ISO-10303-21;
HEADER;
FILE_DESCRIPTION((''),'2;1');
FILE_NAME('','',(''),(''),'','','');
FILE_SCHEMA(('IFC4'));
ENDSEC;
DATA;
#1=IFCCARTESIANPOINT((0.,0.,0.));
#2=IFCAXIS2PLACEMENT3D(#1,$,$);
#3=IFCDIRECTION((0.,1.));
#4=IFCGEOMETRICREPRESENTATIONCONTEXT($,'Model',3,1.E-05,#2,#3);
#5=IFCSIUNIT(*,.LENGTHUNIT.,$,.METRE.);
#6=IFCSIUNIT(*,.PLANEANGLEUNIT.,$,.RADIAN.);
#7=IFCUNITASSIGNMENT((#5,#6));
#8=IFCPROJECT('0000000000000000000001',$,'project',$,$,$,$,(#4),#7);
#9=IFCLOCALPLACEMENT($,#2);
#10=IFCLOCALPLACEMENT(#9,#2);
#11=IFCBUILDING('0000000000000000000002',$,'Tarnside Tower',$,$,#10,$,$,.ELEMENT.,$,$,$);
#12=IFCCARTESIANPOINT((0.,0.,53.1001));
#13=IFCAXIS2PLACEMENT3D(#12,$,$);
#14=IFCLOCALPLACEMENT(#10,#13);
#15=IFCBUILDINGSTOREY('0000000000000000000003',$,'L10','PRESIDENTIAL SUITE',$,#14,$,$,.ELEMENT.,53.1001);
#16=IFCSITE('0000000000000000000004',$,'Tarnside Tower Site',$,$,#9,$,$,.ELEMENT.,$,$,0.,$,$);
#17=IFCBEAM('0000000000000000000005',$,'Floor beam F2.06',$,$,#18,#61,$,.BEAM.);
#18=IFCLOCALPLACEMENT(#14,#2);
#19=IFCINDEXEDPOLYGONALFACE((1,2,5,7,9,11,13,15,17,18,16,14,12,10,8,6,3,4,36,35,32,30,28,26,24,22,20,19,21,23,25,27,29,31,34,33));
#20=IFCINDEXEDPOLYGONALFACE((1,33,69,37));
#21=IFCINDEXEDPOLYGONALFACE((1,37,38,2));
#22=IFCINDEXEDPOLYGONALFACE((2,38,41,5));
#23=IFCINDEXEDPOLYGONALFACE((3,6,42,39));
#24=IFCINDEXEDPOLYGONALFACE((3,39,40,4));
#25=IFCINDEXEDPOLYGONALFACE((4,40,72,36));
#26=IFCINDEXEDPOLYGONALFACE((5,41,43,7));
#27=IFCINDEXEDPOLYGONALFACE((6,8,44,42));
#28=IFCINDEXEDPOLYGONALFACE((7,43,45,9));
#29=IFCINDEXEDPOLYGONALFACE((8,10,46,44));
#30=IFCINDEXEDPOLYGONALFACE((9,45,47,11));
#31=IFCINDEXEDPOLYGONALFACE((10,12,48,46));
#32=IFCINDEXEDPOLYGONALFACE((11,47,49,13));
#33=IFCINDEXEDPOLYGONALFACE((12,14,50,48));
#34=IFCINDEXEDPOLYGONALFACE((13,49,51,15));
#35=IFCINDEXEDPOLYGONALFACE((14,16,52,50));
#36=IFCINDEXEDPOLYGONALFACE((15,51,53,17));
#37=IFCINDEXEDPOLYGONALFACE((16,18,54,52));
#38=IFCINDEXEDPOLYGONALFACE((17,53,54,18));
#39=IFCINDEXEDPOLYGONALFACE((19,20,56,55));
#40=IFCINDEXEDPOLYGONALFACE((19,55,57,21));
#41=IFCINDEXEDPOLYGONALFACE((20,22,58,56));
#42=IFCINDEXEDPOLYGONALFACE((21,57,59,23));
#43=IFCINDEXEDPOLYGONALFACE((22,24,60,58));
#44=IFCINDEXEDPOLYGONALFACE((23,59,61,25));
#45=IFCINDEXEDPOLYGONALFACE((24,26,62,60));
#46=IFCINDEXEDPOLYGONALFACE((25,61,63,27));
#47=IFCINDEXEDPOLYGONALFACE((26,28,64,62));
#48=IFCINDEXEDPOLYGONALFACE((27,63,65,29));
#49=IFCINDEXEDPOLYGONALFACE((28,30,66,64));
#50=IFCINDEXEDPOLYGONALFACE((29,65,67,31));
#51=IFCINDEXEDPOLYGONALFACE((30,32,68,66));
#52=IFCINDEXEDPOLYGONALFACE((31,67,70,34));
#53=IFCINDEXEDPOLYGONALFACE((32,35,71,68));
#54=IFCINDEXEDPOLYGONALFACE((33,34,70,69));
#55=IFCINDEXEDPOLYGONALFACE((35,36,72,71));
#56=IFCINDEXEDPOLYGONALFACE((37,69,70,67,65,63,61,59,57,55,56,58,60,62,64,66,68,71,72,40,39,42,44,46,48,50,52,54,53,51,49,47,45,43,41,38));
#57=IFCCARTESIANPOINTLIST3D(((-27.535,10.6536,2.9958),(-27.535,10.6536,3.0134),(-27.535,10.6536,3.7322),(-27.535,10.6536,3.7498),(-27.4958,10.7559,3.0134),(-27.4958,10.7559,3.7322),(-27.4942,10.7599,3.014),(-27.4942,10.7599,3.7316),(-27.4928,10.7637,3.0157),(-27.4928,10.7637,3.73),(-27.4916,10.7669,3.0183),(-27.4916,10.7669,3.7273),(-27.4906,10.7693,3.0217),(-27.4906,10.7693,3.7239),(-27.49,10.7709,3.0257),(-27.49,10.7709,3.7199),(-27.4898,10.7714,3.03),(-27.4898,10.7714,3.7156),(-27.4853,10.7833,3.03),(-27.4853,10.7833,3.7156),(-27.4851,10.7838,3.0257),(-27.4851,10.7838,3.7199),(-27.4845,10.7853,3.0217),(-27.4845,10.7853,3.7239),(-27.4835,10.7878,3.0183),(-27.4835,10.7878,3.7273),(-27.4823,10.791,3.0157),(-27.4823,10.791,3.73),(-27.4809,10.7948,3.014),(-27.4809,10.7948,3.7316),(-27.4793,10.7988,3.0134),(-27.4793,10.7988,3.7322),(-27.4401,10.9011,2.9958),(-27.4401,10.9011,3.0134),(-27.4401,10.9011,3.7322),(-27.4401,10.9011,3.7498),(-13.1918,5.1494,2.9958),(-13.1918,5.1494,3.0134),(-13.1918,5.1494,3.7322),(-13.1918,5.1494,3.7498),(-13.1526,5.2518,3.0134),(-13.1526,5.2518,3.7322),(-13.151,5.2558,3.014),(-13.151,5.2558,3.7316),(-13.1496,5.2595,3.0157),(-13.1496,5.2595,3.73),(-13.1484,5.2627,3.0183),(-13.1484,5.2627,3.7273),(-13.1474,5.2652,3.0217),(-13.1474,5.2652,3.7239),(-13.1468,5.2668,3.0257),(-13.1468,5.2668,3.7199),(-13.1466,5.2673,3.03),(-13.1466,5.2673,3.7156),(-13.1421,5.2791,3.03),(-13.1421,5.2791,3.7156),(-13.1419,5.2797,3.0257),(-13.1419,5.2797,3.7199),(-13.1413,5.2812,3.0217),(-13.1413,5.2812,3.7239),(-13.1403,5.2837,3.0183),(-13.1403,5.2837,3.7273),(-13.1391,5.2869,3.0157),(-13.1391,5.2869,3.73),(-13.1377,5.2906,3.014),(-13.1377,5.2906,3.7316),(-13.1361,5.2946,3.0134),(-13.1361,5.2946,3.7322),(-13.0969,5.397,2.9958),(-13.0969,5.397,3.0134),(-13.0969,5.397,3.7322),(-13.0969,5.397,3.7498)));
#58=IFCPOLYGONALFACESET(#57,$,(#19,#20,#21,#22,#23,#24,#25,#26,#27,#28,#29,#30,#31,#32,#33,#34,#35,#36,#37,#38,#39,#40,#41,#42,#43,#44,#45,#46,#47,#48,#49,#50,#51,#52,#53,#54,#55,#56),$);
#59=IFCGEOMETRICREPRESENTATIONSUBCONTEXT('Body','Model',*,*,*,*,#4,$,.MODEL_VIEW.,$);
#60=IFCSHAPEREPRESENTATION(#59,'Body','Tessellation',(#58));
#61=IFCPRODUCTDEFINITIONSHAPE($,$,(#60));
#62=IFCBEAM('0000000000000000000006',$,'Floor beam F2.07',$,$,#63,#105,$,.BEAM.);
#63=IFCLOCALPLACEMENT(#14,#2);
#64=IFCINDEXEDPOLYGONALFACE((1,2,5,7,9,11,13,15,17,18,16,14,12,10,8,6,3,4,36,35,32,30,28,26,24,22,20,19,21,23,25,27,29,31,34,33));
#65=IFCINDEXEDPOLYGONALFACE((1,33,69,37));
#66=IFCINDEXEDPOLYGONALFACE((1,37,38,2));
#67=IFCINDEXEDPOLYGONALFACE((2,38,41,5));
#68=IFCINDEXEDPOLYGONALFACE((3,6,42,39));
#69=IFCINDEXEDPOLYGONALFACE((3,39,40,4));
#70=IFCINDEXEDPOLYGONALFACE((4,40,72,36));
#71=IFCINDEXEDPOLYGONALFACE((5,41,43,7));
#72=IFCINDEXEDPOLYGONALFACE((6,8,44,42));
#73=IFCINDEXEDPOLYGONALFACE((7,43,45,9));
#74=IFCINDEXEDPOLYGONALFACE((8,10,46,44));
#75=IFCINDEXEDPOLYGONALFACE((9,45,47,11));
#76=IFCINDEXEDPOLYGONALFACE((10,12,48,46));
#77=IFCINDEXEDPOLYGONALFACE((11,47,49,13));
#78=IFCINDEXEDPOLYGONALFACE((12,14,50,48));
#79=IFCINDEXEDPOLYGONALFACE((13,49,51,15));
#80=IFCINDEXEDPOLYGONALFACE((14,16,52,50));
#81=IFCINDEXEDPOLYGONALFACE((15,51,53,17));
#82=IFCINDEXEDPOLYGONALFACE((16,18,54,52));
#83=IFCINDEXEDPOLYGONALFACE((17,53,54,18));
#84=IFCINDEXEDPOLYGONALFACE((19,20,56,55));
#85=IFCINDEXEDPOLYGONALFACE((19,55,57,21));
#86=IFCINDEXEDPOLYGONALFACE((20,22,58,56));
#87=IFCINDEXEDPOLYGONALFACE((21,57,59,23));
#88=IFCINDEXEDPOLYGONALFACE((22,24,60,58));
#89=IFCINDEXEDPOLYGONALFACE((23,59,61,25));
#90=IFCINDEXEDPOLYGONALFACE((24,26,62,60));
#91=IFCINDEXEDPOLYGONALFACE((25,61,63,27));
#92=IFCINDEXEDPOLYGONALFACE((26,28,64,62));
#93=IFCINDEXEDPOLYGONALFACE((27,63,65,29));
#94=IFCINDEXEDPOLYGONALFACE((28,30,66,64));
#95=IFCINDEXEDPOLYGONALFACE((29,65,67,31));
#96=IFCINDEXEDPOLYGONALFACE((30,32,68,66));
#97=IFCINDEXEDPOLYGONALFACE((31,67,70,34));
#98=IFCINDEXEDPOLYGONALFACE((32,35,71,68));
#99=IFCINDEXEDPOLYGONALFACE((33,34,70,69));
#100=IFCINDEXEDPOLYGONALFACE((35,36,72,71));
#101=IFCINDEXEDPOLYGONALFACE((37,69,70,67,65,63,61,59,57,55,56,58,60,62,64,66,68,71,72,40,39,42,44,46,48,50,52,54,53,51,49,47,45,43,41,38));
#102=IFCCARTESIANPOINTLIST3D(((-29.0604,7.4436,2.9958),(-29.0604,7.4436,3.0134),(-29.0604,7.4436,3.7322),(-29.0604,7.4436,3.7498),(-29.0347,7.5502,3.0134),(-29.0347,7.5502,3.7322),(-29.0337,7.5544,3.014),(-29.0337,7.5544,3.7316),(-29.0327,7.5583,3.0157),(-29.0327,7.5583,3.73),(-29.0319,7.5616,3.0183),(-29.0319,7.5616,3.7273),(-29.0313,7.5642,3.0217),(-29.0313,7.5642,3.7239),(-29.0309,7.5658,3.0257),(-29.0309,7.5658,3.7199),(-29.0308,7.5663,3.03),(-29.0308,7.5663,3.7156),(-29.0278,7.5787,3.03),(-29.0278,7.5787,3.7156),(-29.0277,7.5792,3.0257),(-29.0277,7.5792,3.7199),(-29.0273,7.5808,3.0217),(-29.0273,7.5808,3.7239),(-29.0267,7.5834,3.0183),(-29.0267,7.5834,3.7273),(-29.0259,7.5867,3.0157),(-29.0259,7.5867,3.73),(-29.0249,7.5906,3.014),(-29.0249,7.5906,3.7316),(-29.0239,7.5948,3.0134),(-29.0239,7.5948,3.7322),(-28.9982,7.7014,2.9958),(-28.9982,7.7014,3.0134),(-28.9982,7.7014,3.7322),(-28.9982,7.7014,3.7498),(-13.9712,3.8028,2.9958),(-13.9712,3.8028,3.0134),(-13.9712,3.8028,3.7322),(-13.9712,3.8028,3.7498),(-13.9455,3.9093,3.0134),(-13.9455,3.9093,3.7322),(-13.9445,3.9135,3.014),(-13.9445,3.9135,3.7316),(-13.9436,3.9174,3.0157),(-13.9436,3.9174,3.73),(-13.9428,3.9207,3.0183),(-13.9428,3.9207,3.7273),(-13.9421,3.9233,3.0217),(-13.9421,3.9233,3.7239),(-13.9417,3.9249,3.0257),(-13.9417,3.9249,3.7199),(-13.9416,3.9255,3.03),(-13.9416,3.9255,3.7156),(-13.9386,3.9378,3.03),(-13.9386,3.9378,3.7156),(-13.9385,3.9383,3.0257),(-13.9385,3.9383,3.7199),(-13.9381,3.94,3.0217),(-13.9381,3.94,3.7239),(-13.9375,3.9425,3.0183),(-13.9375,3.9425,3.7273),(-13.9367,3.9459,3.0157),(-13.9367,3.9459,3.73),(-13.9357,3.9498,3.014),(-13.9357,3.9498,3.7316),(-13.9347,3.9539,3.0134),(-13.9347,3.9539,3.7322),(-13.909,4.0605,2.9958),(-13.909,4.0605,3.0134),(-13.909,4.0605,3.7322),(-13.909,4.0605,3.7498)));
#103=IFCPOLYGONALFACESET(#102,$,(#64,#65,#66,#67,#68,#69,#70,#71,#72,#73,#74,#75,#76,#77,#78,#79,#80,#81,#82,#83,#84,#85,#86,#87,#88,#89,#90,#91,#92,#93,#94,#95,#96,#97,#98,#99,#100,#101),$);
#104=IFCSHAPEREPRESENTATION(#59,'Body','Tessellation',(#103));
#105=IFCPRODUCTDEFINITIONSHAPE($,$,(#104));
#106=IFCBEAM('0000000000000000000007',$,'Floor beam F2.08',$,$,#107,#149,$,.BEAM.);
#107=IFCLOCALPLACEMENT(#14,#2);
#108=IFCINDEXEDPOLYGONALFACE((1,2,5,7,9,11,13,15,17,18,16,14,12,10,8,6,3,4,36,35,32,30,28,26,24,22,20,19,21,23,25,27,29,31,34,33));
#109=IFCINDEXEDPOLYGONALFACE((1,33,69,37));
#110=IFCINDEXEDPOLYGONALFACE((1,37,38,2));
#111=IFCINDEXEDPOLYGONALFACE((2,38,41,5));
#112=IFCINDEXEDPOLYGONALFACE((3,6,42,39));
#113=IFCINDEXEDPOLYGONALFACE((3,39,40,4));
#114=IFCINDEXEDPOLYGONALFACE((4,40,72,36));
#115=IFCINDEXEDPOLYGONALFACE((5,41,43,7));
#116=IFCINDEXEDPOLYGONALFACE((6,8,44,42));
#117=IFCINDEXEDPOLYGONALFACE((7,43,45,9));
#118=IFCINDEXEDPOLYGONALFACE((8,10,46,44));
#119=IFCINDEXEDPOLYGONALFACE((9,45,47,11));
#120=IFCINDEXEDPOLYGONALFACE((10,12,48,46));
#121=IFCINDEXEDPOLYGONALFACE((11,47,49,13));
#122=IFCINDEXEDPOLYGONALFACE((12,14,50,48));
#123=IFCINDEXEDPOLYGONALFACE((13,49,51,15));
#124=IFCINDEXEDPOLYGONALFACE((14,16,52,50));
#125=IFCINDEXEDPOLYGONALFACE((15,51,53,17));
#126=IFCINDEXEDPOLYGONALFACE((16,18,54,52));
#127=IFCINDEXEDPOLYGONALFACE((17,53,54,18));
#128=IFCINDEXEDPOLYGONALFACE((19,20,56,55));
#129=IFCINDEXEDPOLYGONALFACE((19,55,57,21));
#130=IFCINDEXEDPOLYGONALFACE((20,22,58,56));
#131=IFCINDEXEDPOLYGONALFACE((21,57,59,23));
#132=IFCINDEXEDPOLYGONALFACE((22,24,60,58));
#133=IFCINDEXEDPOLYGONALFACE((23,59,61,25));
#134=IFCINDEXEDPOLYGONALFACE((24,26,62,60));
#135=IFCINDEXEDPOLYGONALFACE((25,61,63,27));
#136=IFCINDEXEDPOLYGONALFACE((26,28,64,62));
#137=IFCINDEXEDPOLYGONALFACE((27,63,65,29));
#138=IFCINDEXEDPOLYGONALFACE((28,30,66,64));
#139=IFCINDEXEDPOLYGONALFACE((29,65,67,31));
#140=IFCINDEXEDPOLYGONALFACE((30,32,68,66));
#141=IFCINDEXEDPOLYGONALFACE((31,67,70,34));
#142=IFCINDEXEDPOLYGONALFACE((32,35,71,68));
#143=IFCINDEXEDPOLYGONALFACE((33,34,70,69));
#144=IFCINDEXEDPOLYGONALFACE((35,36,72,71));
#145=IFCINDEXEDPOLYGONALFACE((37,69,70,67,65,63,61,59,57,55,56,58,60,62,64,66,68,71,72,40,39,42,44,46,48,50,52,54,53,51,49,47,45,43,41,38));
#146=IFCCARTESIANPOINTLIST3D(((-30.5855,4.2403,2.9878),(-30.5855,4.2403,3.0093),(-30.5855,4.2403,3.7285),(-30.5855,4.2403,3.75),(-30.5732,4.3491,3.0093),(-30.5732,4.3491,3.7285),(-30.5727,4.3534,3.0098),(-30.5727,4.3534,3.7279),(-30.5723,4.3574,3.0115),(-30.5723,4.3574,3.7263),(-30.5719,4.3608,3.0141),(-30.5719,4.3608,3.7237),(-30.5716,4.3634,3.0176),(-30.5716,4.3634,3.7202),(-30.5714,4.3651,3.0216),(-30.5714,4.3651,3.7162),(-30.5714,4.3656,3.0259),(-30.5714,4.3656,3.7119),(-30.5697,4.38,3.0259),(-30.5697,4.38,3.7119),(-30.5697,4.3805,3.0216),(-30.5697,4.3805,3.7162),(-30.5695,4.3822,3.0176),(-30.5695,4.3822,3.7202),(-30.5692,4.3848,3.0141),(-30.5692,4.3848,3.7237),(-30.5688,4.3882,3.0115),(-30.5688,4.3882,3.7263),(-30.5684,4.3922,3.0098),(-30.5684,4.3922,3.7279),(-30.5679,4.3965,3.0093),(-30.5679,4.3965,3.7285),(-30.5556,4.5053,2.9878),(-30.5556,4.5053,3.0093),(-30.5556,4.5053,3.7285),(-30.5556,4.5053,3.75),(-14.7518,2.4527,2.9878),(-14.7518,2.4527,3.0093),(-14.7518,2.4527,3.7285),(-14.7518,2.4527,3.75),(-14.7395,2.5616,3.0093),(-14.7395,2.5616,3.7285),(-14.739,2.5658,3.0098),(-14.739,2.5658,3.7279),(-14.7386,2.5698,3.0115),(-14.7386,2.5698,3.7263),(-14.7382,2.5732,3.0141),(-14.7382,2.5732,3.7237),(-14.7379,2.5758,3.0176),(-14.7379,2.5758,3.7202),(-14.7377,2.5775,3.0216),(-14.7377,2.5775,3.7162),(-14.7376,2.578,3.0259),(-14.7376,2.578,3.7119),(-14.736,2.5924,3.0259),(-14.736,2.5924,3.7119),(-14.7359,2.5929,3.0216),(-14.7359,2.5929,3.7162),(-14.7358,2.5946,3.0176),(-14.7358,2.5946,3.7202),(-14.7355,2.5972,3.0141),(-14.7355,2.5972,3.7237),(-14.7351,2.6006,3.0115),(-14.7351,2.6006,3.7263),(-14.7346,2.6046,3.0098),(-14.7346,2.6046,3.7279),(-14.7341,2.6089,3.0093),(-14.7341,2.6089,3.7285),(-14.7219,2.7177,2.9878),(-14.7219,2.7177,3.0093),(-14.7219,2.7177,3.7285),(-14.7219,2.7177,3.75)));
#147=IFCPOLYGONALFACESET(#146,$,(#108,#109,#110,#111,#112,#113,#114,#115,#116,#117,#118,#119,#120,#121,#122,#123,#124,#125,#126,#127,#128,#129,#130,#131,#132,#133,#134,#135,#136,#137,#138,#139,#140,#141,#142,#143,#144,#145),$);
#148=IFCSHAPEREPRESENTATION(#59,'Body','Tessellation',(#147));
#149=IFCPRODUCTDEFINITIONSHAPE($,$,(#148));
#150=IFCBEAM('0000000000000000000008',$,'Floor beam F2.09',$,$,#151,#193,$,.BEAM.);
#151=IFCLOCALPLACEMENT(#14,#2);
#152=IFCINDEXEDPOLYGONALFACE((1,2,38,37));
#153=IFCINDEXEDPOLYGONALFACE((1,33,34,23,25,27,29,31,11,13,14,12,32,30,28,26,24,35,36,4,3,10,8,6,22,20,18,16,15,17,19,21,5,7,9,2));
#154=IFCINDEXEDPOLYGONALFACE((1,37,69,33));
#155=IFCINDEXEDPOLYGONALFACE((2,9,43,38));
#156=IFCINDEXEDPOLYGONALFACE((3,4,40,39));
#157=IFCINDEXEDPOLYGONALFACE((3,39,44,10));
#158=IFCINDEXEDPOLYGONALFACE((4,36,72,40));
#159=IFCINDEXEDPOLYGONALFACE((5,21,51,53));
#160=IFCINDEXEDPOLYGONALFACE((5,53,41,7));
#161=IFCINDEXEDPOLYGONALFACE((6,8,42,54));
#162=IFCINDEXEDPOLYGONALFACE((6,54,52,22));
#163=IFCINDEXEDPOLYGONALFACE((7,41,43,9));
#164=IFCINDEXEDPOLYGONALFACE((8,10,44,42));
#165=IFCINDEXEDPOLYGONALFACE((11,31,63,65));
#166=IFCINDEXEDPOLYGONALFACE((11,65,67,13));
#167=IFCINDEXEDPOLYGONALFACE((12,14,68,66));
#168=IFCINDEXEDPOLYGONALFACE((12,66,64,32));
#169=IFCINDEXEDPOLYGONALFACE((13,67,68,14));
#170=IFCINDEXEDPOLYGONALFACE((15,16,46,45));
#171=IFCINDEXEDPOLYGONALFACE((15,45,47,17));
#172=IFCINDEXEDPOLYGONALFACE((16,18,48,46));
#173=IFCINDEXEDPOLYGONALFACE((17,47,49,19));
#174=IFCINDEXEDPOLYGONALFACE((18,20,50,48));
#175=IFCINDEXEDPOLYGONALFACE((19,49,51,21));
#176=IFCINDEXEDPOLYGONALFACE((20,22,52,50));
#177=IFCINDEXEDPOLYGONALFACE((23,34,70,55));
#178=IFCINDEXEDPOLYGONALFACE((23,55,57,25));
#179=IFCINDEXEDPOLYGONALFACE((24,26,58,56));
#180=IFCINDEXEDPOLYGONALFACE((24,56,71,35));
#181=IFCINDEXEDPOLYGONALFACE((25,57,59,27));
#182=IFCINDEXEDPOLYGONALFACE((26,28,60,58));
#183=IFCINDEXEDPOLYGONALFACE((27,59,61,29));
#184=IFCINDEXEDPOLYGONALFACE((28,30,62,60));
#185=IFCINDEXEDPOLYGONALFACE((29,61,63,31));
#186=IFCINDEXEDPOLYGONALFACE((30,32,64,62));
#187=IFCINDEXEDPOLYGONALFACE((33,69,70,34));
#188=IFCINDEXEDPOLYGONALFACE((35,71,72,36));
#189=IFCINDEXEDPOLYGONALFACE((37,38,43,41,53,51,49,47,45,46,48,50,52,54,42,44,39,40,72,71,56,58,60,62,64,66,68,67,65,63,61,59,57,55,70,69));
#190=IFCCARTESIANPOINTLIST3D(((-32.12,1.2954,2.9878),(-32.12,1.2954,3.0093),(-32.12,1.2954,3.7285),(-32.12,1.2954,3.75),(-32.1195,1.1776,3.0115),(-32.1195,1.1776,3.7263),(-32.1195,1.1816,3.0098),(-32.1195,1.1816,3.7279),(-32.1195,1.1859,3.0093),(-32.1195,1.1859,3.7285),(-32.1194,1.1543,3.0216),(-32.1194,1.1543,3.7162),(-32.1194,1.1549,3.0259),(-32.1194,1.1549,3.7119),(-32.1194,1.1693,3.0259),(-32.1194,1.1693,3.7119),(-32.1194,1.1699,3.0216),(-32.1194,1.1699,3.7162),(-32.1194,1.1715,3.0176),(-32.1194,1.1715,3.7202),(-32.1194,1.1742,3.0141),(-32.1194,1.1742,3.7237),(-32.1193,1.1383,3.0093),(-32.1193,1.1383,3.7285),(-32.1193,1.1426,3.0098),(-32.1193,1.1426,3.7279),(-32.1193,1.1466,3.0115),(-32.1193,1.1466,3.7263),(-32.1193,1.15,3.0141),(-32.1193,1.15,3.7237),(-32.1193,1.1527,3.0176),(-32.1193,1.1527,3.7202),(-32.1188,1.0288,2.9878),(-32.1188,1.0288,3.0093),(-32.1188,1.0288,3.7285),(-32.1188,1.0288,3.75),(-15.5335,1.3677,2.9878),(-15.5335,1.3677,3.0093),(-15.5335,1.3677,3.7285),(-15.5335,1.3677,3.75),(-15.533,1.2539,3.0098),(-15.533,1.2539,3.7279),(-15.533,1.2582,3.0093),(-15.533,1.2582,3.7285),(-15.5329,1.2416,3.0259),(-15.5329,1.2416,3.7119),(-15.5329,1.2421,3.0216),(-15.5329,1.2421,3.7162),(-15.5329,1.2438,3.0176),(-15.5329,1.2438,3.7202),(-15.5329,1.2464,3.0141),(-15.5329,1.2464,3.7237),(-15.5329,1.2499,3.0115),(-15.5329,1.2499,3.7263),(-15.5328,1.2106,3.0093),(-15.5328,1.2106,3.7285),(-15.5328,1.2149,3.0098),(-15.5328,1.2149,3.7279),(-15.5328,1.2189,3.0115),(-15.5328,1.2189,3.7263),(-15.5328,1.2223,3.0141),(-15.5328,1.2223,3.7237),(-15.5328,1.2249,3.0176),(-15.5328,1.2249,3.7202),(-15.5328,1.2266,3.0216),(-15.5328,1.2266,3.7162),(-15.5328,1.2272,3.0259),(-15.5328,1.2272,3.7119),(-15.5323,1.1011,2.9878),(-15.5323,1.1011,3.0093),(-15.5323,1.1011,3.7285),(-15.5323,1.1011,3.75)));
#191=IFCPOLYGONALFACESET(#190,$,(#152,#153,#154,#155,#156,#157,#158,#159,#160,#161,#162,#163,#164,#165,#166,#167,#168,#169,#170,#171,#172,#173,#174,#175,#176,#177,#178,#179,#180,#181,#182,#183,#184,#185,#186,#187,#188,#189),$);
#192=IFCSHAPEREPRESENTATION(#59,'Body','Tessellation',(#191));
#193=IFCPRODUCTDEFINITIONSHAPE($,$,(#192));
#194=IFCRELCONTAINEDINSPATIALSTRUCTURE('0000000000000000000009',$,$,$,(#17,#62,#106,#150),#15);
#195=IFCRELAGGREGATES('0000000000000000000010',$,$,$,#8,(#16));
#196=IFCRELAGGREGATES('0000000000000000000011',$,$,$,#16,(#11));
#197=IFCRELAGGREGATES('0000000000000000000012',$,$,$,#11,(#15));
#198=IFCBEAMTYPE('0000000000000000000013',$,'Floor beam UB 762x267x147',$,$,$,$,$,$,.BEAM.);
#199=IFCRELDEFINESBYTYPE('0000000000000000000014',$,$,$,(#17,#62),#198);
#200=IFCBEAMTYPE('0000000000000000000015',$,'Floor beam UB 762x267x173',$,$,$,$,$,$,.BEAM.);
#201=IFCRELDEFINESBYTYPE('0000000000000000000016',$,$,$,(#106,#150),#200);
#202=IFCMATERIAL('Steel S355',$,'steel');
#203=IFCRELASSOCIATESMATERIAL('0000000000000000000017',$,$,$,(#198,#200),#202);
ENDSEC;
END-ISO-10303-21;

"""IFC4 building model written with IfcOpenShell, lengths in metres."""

from ifc_helpers import new_model, si_unit, direction, frame, origin, origin_2d, place, context, subcontext, project, spatial, i_section, extrude, material, material_profile, profile_set, type_object, element, save


model = new_model("IFC4")

# Units and contexts
model_context = context("Model", 3, precision=1e-05, world=origin(), true_north=direction((0.0, 1.0)))
body_context = subcontext(model_context, "Body", "Model", "MODEL_VIEW")
ifc_project = project(units=[si_unit("LENGTHUNIT", "METRE"), si_unit("PLANEANGLEUNIT", "RADIAN")], contexts=[model_context])

# Site, building, storey
site_placement = place(None, origin())
site = spatial("IfcSite", under=ifc_project, at=site_placement, Name="Tarnside Tower Site", CompositionType="ELEMENT", RefElevation=0.0)
building_placement = place(site_placement, origin())
building = spatial("IfcBuilding", under=site, at=building_placement, Name="Tarnside Tower", CompositionType="ELEMENT")
storey_placement = place(building_placement, frame((0.0, 0.0, 53.1001)))
storey = spatial("IfcBuildingStorey", under=building, at=storey_placement, Name="L10", Description="PRESIDENTIAL SUITE", CompositionType="ELEMENT", Elevation=53.1001)

# Beams
ifc_material_1 = material(Name="Steel S355", Category="steel")
ifc_material_profile_1 = material_profile(ifc_material_1, i_section(OverallWidth=0.2651, OverallDepth=0.7539, WebThickness=0.0127, FlangeThickness=0.0176, FilletRadius=0.0166, at=origin_2d()), Name="UB 762x267x147")
ifc_profile_set_1 = profile_set([ifc_material_profile_1], Name="Steel S355")
beam_type_1 = type_object("IfcBeamType", Name="Floor beam UB 762x267x147", PredefinedType="BEAM", material=ifc_profile_set_1)
beam_1_placement = place(storey_placement, frame((-27.4875, 10.7773, 3.3728), z_axis=(0.933618, -0.358271, 0.0), x_axis=(0.358271, 0.933618, 0.0)))
element("IfcBeam", 1, at=beam_1_placement, inside=storey, type_object=beam_type_1, Name="Floor beam F2.06", PredefinedType="BEAM", context=body_context, shape_type="SweptSolid", body=[
    extrude(i_section(OverallWidth=0.2651, OverallDepth=0.7539, WebThickness=0.0127, FlangeThickness=0.0176, FilletRadius=0.0166, at=origin_2d()), origin(), (0.0, 0.0, 1.0), 15.363),
])
beam_2_placement = place(storey_placement, frame((-29.0293, 7.5725, 3.3728), z_axis=(0.972102, -0.23456, 0.0), x_axis=(0.23456, 0.972102, 0.0)))
element("IfcBeam", 2, at=beam_2_placement, inside=storey, type_object=beam_type_1, Name="Floor beam F2.07", PredefinedType="BEAM", context=body_context, shape_type="SweptSolid", body=[
    extrude(i_section(OverallWidth=0.2651, OverallDepth=0.7539, WebThickness=0.0127, FlangeThickness=0.0176, FilletRadius=0.0166, at=origin_2d()), origin(), (0.0, 0.0, 1.0), 15.5222),
])
ifc_material_profile_2 = material_profile(ifc_material_1, i_section(OverallWidth=0.2666, OverallDepth=0.7622, WebThickness=0.0144, FlangeThickness=0.0215, FilletRadius=0.0166, at=origin_2d()), Name="UB 762x267x173")
ifc_profile_set_2 = profile_set([ifc_material_profile_2], Name="Steel S355")
beam_type_2 = type_object("IfcBeamType", Name="Floor beam UB 762x267x173", PredefinedType="BEAM", material=ifc_profile_set_2)
beam_3_placement = place(storey_placement, frame((-30.5706, 4.3728, 3.3689), z_axis=(0.993687, -0.112185, 0.0), x_axis=(0.112185, 0.993687, 0.0)))
element("IfcBeam", 3, at=beam_3_placement, inside=storey, type_object=beam_type_2, Name="Floor beam F2.08", PredefinedType="BEAM", context=body_context, shape_type="SweptSolid", body=[
    extrude(i_section(OverallWidth=0.2666, OverallDepth=0.7622, WebThickness=0.0144, FlangeThickness=0.0215, FilletRadius=0.0166, at=origin_2d()), origin(), (0.0, 0.0, 1.0), 15.9343),
])
beam_4_placement = place(storey_placement, frame((-32.1194, 1.1621, 3.3689), z_axis=(0.999991, 0.004357, 0.0), x_axis=(-0.004357, 0.999991, 0.0)))
element("IfcBeam", 4, at=beam_4_placement, inside=storey, type_object=beam_type_2, Name="Floor beam F2.09", PredefinedType="BEAM", context=body_context, shape_type="SweptSolid", body=[
    extrude(i_section(OverallWidth=0.2666, OverallDepth=0.7622, WebThickness=0.0144, FlangeThickness=0.0215, FilletRadius=0.0166, at=origin_2d()), origin(), (0.0, 0.0, 1.0), 16.5867),
])

save(model, "model.ifc")
